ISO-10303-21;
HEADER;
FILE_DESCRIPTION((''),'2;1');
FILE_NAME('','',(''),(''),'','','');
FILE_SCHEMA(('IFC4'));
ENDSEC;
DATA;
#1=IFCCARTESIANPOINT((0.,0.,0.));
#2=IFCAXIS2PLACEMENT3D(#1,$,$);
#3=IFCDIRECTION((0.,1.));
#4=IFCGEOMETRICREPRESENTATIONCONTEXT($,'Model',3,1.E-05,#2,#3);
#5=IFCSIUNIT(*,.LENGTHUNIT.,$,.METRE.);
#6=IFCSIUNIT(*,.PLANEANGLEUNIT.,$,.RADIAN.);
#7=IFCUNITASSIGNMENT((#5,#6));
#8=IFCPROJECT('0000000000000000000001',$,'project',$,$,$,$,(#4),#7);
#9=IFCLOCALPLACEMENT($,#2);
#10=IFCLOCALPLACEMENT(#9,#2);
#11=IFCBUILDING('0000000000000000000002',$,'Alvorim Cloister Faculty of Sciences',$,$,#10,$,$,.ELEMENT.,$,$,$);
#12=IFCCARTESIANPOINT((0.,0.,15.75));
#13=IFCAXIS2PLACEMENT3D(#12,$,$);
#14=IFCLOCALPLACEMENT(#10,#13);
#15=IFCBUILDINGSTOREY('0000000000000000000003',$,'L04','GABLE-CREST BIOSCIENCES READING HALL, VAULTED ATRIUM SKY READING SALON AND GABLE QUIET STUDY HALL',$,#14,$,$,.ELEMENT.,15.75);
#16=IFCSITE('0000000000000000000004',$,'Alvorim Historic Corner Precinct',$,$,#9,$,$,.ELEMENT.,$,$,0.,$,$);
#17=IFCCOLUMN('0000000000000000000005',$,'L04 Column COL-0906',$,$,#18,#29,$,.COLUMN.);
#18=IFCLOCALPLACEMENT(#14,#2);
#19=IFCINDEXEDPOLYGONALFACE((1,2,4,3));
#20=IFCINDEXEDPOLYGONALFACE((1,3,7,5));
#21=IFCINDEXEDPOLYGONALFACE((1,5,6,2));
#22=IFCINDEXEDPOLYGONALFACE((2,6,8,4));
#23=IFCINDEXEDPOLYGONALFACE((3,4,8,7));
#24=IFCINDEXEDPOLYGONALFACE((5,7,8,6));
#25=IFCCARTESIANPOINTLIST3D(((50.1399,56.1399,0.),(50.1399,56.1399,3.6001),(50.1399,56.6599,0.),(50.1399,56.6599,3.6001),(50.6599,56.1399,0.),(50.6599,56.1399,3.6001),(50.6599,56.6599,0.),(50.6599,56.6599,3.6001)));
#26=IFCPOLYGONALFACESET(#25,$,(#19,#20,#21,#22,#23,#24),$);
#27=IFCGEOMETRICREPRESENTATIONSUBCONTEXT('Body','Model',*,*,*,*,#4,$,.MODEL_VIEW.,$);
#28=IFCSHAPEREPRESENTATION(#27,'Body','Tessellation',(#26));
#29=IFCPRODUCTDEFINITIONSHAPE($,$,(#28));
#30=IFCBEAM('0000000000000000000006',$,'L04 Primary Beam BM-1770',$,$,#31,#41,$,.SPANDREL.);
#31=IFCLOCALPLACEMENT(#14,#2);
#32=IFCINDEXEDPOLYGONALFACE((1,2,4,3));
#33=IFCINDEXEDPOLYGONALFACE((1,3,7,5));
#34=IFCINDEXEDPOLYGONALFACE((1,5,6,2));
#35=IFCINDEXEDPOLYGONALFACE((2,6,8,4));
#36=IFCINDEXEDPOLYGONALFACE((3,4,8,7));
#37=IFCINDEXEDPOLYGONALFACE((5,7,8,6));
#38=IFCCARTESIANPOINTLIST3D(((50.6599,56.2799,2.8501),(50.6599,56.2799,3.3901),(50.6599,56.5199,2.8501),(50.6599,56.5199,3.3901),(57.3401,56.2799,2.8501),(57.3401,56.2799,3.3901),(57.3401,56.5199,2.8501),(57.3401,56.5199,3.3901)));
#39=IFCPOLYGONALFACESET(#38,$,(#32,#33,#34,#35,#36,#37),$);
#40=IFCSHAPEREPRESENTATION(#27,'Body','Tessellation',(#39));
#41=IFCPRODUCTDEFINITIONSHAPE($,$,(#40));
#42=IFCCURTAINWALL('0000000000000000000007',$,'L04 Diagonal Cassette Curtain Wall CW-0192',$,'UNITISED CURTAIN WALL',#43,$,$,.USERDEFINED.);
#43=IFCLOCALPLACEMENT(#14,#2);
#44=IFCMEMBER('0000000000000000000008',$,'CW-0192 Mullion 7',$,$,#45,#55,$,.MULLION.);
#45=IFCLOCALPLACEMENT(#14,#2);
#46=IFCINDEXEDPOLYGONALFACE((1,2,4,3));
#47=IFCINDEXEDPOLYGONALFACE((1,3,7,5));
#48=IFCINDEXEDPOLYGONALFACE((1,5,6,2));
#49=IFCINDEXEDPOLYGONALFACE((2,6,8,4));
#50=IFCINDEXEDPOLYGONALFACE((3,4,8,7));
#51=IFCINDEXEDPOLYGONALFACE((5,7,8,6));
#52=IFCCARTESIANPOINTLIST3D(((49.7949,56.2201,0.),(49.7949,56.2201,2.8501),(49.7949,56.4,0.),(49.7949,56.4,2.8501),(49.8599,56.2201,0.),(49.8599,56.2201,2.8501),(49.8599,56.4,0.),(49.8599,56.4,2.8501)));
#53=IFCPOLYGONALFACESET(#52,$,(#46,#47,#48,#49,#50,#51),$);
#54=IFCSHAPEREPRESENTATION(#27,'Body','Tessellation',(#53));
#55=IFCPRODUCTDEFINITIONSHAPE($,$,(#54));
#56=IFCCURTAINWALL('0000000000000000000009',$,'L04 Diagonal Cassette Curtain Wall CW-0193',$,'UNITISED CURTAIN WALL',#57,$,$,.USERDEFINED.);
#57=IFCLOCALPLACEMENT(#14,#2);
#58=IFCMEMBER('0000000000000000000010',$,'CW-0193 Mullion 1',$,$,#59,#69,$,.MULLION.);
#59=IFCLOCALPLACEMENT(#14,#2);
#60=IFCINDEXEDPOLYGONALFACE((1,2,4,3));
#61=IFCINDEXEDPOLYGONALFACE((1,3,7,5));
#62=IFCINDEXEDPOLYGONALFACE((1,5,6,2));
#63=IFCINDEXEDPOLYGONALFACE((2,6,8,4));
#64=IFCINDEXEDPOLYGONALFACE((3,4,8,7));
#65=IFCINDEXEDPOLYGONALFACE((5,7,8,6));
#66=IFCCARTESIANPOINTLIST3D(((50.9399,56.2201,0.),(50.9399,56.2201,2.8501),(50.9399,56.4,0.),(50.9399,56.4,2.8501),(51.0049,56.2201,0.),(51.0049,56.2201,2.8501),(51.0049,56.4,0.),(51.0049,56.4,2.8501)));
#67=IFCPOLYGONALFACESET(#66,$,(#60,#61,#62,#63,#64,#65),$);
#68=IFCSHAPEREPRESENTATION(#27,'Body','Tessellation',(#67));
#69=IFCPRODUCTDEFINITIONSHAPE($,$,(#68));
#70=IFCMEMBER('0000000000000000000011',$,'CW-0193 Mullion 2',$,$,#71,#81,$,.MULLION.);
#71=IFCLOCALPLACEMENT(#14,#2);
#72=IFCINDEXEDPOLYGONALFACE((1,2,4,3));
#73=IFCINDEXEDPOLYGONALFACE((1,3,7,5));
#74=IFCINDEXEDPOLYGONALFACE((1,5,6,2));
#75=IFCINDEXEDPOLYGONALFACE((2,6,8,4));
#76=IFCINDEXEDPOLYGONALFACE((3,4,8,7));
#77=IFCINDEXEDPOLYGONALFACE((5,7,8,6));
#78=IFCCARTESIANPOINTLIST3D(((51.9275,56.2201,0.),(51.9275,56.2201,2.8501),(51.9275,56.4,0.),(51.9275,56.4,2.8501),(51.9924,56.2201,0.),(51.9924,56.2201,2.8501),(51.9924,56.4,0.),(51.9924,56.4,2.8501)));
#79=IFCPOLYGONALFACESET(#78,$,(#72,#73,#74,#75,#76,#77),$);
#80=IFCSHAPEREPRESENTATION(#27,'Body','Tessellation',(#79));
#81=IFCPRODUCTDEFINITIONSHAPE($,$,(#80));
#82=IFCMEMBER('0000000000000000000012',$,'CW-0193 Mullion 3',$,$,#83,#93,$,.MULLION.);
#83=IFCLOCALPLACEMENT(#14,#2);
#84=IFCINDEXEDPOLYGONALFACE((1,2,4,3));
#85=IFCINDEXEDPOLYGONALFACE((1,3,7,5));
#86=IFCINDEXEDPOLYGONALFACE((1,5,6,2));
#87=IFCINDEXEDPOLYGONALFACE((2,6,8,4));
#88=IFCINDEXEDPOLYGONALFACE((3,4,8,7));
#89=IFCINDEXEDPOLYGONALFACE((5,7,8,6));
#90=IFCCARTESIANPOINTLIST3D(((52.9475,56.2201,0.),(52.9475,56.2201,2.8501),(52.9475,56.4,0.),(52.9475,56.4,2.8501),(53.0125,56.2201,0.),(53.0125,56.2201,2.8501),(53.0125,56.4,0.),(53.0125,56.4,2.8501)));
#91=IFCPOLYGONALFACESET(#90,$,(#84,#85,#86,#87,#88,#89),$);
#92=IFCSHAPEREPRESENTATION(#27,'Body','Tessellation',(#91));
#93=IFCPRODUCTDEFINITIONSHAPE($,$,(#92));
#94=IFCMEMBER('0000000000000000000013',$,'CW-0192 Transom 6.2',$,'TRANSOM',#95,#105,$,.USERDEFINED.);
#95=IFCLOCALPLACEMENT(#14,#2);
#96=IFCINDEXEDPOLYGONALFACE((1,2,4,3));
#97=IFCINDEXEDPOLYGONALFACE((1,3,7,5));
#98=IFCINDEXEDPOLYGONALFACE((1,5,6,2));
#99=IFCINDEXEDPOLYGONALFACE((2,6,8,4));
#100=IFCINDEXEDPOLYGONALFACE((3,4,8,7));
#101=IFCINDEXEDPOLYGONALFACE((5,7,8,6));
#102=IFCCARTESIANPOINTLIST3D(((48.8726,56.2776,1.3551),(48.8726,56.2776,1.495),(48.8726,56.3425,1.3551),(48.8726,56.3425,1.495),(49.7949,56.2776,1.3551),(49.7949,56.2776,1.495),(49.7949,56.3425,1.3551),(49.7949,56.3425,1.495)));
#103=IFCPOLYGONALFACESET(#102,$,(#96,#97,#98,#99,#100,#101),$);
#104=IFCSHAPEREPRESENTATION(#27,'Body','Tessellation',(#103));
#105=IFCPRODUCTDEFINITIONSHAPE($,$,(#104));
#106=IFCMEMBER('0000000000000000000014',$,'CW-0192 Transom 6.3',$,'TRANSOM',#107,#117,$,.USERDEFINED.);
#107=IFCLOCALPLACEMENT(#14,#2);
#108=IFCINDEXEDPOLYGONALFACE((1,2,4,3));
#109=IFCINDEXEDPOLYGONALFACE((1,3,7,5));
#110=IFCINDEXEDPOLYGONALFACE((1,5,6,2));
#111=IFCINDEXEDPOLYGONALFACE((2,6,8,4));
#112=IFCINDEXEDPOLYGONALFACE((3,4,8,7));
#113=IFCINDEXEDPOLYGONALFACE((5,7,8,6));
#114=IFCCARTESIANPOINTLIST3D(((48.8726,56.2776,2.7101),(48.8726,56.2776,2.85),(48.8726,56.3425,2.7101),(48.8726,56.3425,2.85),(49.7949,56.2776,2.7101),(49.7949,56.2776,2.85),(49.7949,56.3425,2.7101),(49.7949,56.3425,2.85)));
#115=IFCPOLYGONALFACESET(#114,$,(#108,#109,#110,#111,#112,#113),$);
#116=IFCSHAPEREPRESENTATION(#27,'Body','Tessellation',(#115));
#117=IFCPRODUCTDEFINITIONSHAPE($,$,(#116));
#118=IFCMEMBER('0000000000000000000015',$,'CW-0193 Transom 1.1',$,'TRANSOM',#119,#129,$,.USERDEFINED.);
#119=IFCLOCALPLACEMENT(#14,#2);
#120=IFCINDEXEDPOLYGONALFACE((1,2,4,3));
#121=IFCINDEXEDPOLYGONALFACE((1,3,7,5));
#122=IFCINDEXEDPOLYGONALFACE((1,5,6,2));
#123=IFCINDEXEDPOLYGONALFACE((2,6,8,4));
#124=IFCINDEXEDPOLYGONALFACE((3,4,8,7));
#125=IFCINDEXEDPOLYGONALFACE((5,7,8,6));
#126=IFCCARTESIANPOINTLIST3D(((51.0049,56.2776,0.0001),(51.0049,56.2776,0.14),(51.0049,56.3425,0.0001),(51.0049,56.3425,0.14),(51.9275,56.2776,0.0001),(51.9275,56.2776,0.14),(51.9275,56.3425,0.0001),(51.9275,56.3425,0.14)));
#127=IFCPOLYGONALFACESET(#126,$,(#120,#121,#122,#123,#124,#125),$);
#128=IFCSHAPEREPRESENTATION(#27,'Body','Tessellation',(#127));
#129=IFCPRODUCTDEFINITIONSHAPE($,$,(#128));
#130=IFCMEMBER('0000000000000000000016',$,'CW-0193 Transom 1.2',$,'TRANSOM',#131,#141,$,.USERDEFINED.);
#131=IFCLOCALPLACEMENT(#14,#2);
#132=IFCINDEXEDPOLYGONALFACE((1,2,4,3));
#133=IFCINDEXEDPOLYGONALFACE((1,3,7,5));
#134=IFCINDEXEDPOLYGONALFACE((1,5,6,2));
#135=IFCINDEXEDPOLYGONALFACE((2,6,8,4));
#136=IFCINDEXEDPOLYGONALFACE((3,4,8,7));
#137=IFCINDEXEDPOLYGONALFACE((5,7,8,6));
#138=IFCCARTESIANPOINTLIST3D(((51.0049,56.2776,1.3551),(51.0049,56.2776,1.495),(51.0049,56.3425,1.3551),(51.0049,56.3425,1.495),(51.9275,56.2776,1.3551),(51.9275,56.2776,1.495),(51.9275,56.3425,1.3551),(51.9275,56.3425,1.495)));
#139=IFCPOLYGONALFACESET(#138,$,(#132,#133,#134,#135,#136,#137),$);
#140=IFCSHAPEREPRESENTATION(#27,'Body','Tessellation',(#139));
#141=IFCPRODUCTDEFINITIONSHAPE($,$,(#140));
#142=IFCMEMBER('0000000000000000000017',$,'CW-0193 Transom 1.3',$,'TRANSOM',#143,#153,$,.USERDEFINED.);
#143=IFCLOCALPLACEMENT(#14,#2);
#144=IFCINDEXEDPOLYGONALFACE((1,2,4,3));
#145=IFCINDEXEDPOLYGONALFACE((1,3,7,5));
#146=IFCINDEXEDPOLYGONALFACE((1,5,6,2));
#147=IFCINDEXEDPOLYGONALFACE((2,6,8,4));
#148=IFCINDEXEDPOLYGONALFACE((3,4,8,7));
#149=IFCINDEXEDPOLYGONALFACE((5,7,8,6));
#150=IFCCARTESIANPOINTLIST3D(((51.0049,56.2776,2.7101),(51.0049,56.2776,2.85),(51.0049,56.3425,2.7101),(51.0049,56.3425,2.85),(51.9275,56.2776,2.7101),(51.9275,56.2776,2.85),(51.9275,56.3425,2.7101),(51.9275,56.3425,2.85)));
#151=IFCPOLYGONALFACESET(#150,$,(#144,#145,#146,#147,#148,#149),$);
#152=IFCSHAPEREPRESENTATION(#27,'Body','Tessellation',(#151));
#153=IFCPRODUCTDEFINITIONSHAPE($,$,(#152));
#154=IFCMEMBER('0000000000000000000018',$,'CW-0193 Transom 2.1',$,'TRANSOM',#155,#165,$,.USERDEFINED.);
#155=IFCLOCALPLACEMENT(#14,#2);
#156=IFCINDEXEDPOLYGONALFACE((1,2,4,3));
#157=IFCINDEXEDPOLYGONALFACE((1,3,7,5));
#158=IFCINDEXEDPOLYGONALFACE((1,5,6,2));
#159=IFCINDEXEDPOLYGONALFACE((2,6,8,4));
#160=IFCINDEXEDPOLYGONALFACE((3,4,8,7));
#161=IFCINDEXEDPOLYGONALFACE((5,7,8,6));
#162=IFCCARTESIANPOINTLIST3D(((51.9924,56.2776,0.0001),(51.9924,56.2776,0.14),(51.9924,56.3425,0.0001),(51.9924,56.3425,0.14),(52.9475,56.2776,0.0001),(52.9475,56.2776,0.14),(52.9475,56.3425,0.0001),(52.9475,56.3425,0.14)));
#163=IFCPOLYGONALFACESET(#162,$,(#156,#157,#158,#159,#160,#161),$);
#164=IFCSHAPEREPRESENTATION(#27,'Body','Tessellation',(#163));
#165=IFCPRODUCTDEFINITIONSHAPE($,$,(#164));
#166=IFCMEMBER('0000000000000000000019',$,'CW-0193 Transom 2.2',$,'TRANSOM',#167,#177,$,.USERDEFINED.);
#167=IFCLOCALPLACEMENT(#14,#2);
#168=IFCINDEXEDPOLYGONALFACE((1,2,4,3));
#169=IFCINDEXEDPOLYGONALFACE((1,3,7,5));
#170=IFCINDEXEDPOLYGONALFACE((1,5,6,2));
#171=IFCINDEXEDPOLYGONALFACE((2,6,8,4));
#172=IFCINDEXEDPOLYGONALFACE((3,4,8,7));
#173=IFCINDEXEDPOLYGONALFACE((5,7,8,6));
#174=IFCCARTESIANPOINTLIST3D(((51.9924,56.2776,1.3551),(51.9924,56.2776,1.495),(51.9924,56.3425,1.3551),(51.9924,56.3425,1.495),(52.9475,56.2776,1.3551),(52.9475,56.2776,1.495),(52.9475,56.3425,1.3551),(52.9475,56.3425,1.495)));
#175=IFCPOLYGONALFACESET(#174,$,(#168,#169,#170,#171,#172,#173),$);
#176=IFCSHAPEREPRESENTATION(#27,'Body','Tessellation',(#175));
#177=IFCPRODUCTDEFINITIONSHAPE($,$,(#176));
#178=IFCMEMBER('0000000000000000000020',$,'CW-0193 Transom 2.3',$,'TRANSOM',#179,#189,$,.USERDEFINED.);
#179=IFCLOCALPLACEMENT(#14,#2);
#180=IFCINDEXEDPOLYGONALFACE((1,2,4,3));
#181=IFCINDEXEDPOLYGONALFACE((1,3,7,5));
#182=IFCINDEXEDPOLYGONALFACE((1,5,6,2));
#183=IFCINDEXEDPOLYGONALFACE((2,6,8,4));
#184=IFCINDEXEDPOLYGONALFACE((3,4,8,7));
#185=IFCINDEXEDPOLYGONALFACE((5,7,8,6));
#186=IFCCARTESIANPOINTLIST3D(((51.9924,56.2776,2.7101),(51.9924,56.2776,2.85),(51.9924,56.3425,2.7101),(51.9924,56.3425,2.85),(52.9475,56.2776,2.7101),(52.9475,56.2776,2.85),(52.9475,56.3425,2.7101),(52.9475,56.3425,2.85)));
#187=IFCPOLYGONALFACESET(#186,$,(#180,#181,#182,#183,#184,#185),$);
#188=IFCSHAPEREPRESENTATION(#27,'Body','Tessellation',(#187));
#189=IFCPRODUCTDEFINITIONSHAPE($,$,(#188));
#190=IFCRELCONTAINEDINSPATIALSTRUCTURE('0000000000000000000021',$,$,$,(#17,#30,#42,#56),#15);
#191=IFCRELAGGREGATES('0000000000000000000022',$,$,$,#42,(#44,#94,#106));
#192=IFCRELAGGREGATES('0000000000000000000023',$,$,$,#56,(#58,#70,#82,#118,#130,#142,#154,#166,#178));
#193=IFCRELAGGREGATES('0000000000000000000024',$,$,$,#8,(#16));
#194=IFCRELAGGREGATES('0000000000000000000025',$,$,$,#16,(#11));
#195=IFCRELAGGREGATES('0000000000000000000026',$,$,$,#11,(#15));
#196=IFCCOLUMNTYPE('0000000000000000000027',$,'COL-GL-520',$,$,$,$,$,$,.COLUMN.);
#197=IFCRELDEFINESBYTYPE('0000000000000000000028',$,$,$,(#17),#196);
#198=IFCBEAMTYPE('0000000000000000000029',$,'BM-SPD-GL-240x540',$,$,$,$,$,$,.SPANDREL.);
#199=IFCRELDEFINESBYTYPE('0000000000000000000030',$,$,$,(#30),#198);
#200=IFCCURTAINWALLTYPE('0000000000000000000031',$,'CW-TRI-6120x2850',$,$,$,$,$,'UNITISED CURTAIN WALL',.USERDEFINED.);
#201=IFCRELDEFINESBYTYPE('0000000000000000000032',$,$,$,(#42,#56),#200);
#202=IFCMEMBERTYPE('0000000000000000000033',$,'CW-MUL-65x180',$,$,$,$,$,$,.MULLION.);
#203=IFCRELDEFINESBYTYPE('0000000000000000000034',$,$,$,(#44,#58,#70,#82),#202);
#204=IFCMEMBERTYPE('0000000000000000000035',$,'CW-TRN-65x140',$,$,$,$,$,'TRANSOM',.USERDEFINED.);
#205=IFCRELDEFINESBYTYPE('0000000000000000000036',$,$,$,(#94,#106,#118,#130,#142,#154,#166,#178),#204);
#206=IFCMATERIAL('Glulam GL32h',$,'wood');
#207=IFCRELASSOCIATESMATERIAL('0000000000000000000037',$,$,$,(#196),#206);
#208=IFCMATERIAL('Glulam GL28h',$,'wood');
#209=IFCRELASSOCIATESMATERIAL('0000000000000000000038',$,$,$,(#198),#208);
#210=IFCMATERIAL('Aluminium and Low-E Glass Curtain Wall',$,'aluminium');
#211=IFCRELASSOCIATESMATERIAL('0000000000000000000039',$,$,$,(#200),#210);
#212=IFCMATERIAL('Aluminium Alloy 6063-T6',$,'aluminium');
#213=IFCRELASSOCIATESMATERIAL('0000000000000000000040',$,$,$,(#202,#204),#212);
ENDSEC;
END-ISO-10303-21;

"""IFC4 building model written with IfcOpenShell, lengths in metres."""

from ifc_helpers import new_model, si_unit, direction, frame, origin, origin_2d, place, context, subcontext, project, spatial, rectangle, extrude, material, material_profile, profile_set, type_object, element, aggregate, save


model = new_model("IFC4")

# Units and contexts
model_context = context("Model", 3, precision=1e-05, world=origin(), true_north=direction((0.0, 1.0)))
body_context = subcontext(model_context, "Body", "Model", "MODEL_VIEW")
ifc_project = project(units=[si_unit("LENGTHUNIT", "METRE"), si_unit("PLANEANGLEUNIT", "RADIAN")], contexts=[model_context])

# Site, building, storey
site_placement = place(None, origin())
site = spatial("IfcSite", under=ifc_project, at=site_placement, Name="Alvorim Historic Corner Precinct", CompositionType="ELEMENT", RefElevation=0.0)
building_placement = place(site_placement, origin())
building = spatial("IfcBuilding", under=site, at=building_placement, Name="Alvorim Cloister Faculty of Sciences", CompositionType="ELEMENT")
storey_placement = place(building_placement, frame((0.0, 0.0, 15.75)))
storey = spatial("IfcBuildingStorey", under=building, at=storey_placement, Name="L04", Description="GABLE-CREST BIOSCIENCES READING HALL, VAULTED ATRIUM SKY READING SALON AND GABLE QUIET STUDY HALL", CompositionType="ELEMENT", Elevation=15.75)

# Column
ifc_material_1 = material(Name="Glulam GL32h", Category="wood")
ifc_material_profile_1 = material_profile(ifc_material_1, rectangle(XDim=0.52, YDim=0.52, at=origin_2d()), Name="GL32-COL-520x520")
ifc_profile_set_1 = profile_set([ifc_material_profile_1], Name="Glulam GL32h")
column_type = type_object("IfcColumnType", Name="COL-GL-520", PredefinedType="COLUMN", material=ifc_profile_set_1)
column_placement = place(storey_placement, frame((50.3999, 56.3999, 0.0), z_axis=(0.0, 0.0, 1.0), x_axis=(1.0, 0.0, 0.0)))
element("IfcColumn", 1, at=column_placement, inside=storey, type_object=column_type, Name="L04 Column COL-0906", PredefinedType="COLUMN", context=body_context, shape_type="SweptSolid", body=[
    extrude(rectangle(XDim=0.52, YDim=0.52, at=origin_2d()), origin(), (0.0, 0.0, 1.0), 3.6001),
])

# Beam
ifc_material_2 = material(Name="Glulam GL28h", Category="wood")
ifc_material_profile_2 = material_profile(ifc_material_2, rectangle(XDim=0.24, YDim=0.54, at=origin_2d()), Name="GL28-SPD-240x540")
ifc_profile_set_2 = profile_set([ifc_material_profile_2], Name="Glulam GL28h")
beam_type = type_object("IfcBeamType", Name="BM-SPD-GL-240x540", PredefinedType="SPANDREL", material=ifc_profile_set_2)
beam_placement = place(storey_placement, frame((50.6599, 56.3999, 3.1201), z_axis=(1.0, 0.0, 0.0), x_axis=(0.0, 1.0, 0.0)))
element("IfcBeam", 2, at=beam_placement, inside=storey, type_object=beam_type, Name="L04 Primary Beam BM-1770", PredefinedType="SPANDREL", context=body_context, shape_type="SweptSolid", body=[
    extrude(rectangle(XDim=0.24, YDim=0.54, at=origin_2d()), origin(), (0.0, 0.0, 1.0), 6.6802),
])

# Curtain wall, member
ifc_material_3 = material(Name="Aluminium and Low-E Glass Curtain Wall", Category="aluminium")
curtain_wall_type = type_object("IfcCurtainWallType", Name="CW-TRI-6120x2850", ElementType="UNITISED CURTAIN WALL", PredefinedType="USERDEFINED", material=ifc_material_3)
curtain_wall_1_placement = place(storey_placement, origin())
curtain_wall_1 = element("IfcCurtainWall", 3, at=curtain_wall_1_placement, inside=storey, type_object=curtain_wall_type, Name="L04 Diagonal Cassette Curtain Wall CW-0192", ObjectType="UNITISED CURTAIN WALL", PredefinedType="USERDEFINED")
ifc_material_4 = material(Name="Aluminium Alloy 6063-T6", Category="aluminium")
ifc_material_profile_3 = material_profile(ifc_material_4, rectangle(XDim=0.0649, YDim=0.1799, at=origin_2d()), Name="ALU-MUL-65x180")
ifc_profile_set_3 = profile_set([ifc_material_profile_3], Name="Aluminium Alloy 6063-T6")
member_type_1 = type_object("IfcMemberType", Name="CW-MUL-65x180", PredefinedType="MULLION", material=ifc_profile_set_3)
member_1_placement = place(storey_placement, frame((49.8274, 56.3101, 0.0), z_axis=(0.0, 0.0, 1.0), x_axis=(1.0, 0.0, 0.0)))
member_1 = element("IfcMember", 4, at=member_1_placement, type_object=member_type_1, Name="CW-0192 Mullion 7", PredefinedType="MULLION", context=body_context, shape_type="SweptSolid", body=[
    extrude(rectangle(XDim=0.0649, YDim=0.1799, at=origin_2d()), origin(), (0.0, 0.0, 1.0), 2.8501),
])

# Curtain wall, members
curtain_wall_2_placement = place(storey_placement, origin())
curtain_wall_2 = element("IfcCurtainWall", 5, at=curtain_wall_2_placement, inside=storey, type_object=curtain_wall_type, Name="L04 Diagonal Cassette Curtain Wall CW-0193", ObjectType="UNITISED CURTAIN WALL", PredefinedType="USERDEFINED")
member_2_placement = place(storey_placement, frame((50.9724, 56.3101, 0.0), z_axis=(0.0, 0.0, 1.0), x_axis=(1.0, 0.0, 0.0)))
member_2 = element("IfcMember", 6, at=member_2_placement, type_object=member_type_1, Name="CW-0193 Mullion 1", PredefinedType="MULLION", context=body_context, shape_type="SweptSolid", body=[
    extrude(rectangle(XDim=0.0649, YDim=0.1799, at=origin_2d()), origin(), (0.0, 0.0, 1.0), 2.8501),
])
member_3_placement = place(storey_placement, frame((51.96, 56.3101, 0.0), z_axis=(0.0, 0.0, 1.0), x_axis=(1.0, 0.0, 0.0)))
member_3 = element("IfcMember", 7, at=member_3_placement, type_object=member_type_1, Name="CW-0193 Mullion 2", PredefinedType="MULLION", context=body_context, shape_type="SweptSolid", body=[
    extrude(rectangle(XDim=0.0649, YDim=0.1799, at=origin_2d()), origin(), (0.0, 0.0, 1.0), 2.8501),
])
member_4_placement = place(storey_placement, frame((52.98, 56.3101, 0.0), z_axis=(0.0, 0.0, 1.0), x_axis=(1.0, 0.0, 0.0)))
member_4 = element("IfcMember", 8, at=member_4_placement, type_object=member_type_1, Name="CW-0193 Mullion 3", PredefinedType="MULLION", context=body_context, shape_type="SweptSolid", body=[
    extrude(rectangle(XDim=0.0649, YDim=0.1799, at=origin_2d()), origin(), (0.0, 0.0, 1.0), 2.8501),
])

# Members
ifc_material_profile_4 = material_profile(ifc_material_4, rectangle(XDim=0.0649, YDim=0.1399, at=origin_2d()), Name="ALU-TRN-65x140")
ifc_profile_set_4 = profile_set([ifc_material_profile_4], Name="Aluminium Alloy 6063-T6")
member_type_2 = type_object("IfcMemberType", Name="CW-TRN-65x140", ElementType="TRANSOM", PredefinedType="USERDEFINED", material=ifc_profile_set_4)
member_5_placement = place(storey_placement, frame((48.8726, 56.3101, 1.425), z_axis=(1.0, 0.0, 0.0), x_axis=(0.0, 1.0, 0.0)))
member_5 = element("IfcMember", 9, at=member_5_placement, type_object=member_type_2, Name="CW-0192 Transom 6.2", ObjectType="TRANSOM", PredefinedType="USERDEFINED", context=body_context, shape_type="SweptSolid", body=[
    extrude(rectangle(XDim=0.0649, YDim=0.1399, at=origin_2d()), origin(), (0.0, 0.0, 1.0), 0.9224),
])
member_6_placement = place(storey_placement, frame((48.8726, 56.3101, 2.78), z_axis=(1.0, 0.0, 0.0), x_axis=(0.0, 1.0, 0.0)))
member_6 = element("IfcMember", 10, at=member_6_placement, type_object=member_type_2, Name="CW-0192 Transom 6.3", ObjectType="TRANSOM", PredefinedType="USERDEFINED", context=body_context, shape_type="SweptSolid", body=[
    extrude(rectangle(XDim=0.0649, YDim=0.1399, at=origin_2d()), origin(), (0.0, 0.0, 1.0), 0.9224),
])
aggregate(curtain_wall_1, [member_1, member_5, member_6])
member_7_placement = place(storey_placement, frame((51.0049, 56.3101, 0.0701), z_axis=(1.0, 0.0, 0.0), x_axis=(0.0, 1.0, 0.0)))
member_7 = element("IfcMember", 11, at=member_7_placement, type_object=member_type_2, Name="CW-0193 Transom 1.1", ObjectType="TRANSOM", PredefinedType="USERDEFINED", context=body_context, shape_type="SweptSolid", body=[
    extrude(rectangle(XDim=0.0649, YDim=0.1399, at=origin_2d()), origin(), (0.0, 0.0, 1.0), 0.9226),
])
member_8_placement = place(storey_placement, frame((51.0049, 56.3101, 1.425), z_axis=(1.0, 0.0, 0.0), x_axis=(0.0, 1.0, 0.0)))
member_8 = element("IfcMember", 12, at=member_8_placement, type_object=member_type_2, Name="CW-0193 Transom 1.2", ObjectType="TRANSOM", PredefinedType="USERDEFINED", context=body_context, shape_type="SweptSolid", body=[
    extrude(rectangle(XDim=0.0649, YDim=0.1399, at=origin_2d()), origin(), (0.0, 0.0, 1.0), 0.9226),
])
member_9_placement = place(storey_placement, frame((51.0049, 56.3101, 2.78), z_axis=(1.0, 0.0, 0.0), x_axis=(0.0, 1.0, 0.0)))
member_9 = element("IfcMember", 13, at=member_9_placement, type_object=member_type_2, Name="CW-0193 Transom 1.3", ObjectType="TRANSOM", PredefinedType="USERDEFINED", context=body_context, shape_type="SweptSolid", body=[
    extrude(rectangle(XDim=0.0649, YDim=0.1399, at=origin_2d()), origin(), (0.0, 0.0, 1.0), 0.9226),
])
member_10_placement = place(storey_placement, frame((51.9924, 56.3101, 0.0701), z_axis=(1.0, 0.0, 0.0), x_axis=(0.0, 1.0, 0.0)))
member_10 = element("IfcMember", 14, at=member_10_placement, type_object=member_type_2, Name="CW-0193 Transom 2.1", ObjectType="TRANSOM", PredefinedType="USERDEFINED", context=body_context, shape_type="SweptSolid", body=[
    extrude(rectangle(XDim=0.0649, YDim=0.1399, at=origin_2d()), origin(), (0.0, 0.0, 1.0), 0.9551),
])
member_11_placement = place(storey_placement, frame((51.9924, 56.3101, 1.425), z_axis=(1.0, 0.0, 0.0), x_axis=(0.0, 1.0, 0.0)))
member_11 = element("IfcMember", 15, at=member_11_placement, type_object=member_type_2, Name="CW-0193 Transom 2.2", ObjectType="TRANSOM", PredefinedType="USERDEFINED", context=body_context, shape_type="SweptSolid", body=[
    extrude(rectangle(XDim=0.0649, YDim=0.1399, at=origin_2d()), origin(), (0.0, 0.0, 1.0), 0.9551),
])
member_12_placement = place(storey_placement, frame((51.9924, 56.3101, 2.78), z_axis=(1.0, 0.0, 0.0), x_axis=(0.0, 1.0, 0.0)))
member_12 = element("IfcMember", 16, at=member_12_placement, type_object=member_type_2, Name="CW-0193 Transom 2.3", ObjectType="TRANSOM", PredefinedType="USERDEFINED", context=body_context, shape_type="SweptSolid", body=[
    extrude(rectangle(XDim=0.0649, YDim=0.1399, at=origin_2d()), origin(), (0.0, 0.0, 1.0), 0.9551),
])
aggregate(curtain_wall_2, [member_2, member_3, member_4, member_7, member_8, member_9, member_10, member_11, member_12])

save(model, "model.ifc")
